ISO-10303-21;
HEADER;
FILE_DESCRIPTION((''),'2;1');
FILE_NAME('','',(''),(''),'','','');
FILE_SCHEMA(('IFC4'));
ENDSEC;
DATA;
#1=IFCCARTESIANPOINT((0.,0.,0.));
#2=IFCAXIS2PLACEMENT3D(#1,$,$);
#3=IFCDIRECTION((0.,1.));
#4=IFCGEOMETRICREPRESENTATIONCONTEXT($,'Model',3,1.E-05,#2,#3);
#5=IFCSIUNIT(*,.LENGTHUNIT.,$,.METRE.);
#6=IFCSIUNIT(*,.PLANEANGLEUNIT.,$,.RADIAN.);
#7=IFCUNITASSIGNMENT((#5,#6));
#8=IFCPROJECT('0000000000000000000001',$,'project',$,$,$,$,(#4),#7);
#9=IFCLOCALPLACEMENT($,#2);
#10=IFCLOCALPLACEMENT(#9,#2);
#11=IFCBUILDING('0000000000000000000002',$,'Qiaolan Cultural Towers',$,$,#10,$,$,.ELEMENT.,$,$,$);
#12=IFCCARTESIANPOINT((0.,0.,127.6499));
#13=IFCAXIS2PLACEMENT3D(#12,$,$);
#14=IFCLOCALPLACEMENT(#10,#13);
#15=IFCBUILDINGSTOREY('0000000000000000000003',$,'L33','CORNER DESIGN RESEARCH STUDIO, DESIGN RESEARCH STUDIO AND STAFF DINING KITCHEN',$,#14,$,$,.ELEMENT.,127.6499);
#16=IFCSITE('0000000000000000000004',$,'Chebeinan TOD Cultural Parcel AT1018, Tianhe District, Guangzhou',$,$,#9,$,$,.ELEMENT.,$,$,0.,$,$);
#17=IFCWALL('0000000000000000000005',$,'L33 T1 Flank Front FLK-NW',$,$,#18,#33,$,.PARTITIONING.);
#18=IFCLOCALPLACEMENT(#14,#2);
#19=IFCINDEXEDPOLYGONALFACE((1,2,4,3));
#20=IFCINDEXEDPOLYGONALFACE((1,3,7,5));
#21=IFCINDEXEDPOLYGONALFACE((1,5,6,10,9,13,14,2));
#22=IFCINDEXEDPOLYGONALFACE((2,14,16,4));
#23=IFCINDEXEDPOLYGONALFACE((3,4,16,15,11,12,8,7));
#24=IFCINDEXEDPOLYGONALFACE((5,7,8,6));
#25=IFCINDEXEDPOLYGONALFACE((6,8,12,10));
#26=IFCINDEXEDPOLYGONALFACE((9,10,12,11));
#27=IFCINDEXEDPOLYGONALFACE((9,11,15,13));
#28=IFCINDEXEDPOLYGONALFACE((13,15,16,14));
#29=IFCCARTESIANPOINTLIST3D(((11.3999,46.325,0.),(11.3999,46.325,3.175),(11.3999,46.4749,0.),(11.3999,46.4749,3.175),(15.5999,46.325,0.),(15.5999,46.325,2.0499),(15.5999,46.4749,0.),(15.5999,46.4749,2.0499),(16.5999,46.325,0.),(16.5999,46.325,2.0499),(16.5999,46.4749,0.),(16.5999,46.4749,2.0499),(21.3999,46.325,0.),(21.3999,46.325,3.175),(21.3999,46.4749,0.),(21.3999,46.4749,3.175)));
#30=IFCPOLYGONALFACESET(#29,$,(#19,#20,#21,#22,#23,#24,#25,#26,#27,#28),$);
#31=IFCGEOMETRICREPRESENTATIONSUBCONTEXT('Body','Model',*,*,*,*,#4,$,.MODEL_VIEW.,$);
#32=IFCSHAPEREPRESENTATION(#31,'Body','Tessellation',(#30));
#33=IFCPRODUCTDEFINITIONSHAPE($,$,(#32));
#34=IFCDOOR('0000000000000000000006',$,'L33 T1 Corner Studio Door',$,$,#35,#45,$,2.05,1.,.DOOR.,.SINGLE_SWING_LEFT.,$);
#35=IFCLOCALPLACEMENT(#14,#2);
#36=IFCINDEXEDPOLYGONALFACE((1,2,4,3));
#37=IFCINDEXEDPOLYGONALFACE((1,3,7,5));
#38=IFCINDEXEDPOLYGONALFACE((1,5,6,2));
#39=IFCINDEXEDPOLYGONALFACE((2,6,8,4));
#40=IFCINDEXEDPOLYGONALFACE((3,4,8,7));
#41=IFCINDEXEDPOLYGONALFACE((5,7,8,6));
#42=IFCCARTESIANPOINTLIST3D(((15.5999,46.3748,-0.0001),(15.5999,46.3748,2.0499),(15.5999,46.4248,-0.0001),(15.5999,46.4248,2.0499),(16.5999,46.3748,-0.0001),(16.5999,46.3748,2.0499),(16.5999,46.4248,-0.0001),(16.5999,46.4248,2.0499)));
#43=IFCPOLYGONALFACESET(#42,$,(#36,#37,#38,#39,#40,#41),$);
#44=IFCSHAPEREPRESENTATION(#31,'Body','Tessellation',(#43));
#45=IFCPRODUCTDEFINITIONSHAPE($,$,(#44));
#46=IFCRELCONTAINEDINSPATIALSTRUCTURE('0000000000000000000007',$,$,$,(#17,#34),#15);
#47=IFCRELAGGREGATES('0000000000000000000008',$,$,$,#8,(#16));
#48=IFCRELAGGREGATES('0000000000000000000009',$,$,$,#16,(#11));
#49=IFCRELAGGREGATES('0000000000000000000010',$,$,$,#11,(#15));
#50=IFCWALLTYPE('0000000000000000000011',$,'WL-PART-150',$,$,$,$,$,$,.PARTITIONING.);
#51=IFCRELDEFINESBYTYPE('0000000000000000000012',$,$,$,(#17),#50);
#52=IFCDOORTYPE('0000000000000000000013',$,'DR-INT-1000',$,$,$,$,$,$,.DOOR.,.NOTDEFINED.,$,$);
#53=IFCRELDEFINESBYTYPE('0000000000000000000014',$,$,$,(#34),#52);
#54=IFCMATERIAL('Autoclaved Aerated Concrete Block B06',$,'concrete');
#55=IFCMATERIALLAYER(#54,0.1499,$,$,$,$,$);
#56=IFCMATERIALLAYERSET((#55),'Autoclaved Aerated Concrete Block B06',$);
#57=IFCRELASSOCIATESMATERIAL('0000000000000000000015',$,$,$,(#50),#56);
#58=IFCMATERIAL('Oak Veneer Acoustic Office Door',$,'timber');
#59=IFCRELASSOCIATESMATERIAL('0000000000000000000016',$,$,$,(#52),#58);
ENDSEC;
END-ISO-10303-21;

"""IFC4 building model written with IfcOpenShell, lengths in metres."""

from ifc_helpers import new_model, si_unit, direction, frame, frame_2d, origin, place, context, subcontext, project, spatial, rectangle, extrude, material, layer, layer_set, type_object, element, fill, save


model = new_model("IFC4")

# Units and contexts
model_context = context("Model", 3, precision=1e-05, world=origin(), true_north=direction((0.0, 1.0)))
body_context = subcontext(model_context, "Body", "Model", "MODEL_VIEW")
ifc_project = project(units=[si_unit("LENGTHUNIT", "METRE"), si_unit("PLANEANGLEUNIT", "RADIAN")], contexts=[model_context])

# Site, building, storey
site_placement = place(None, origin())
site = spatial("IfcSite", under=ifc_project, at=site_placement, Name="Chebeinan TOD Cultural Parcel AT1018, Tianhe District, Guangzhou", CompositionType="ELEMENT", RefElevation=0.0)
building_placement = place(site_placement, origin())
building = spatial("IfcBuilding", under=site, at=building_placement, Name="Qiaolan Cultural Towers", CompositionType="ELEMENT")
storey_placement = place(building_placement, frame((0.0, 0.0, 127.6499)))
storey = spatial("IfcBuildingStorey", under=building, at=storey_placement, Name="L33", Description="CORNER DESIGN RESEARCH STUDIO, DESIGN RESEARCH STUDIO AND STAFF DINING KITCHEN", CompositionType="ELEMENT", Elevation=127.6499)

# Wall, opening, door
ifc_material_1 = material(Name="Autoclaved Aerated Concrete Block B06", Category="concrete")
ifc_layer_1 = layer(ifc_material_1, 0.1499)
ifc_layer_set_1 = layer_set([ifc_layer_1], Name="Autoclaved Aerated Concrete Block B06")
wall_type_1 = type_object("IfcWallType", Name="WL-PART-150", PredefinedType="PARTITIONING", material=ifc_layer_set_1)
wall_1_placement = place(storey_placement, frame((11.3999, 46.3999, 0.0), z_axis=(0.0, 0.0, 1.0), x_axis=(1.0, 0.0, 0.0)))
wall_1 = element("IfcWall", 1, at=wall_1_placement, inside=storey, type_object=wall_type_1, Name="L33 T1 Flank Front FLK-NW", PredefinedType="PARTITIONING", context=body_context, shape_type="SweptSolid", body=[
    extrude(rectangle(XDim=10.0, YDim=0.1499, at=frame_2d((5.0, 0.0))), origin(), (0.0, 0.0, 1.0), 3.175),
])
opening_1_placement = place(wall_1_placement, frame((4.2, 0.0, 0.0)))
opening_1 = element("IfcOpeningElement", 2, at=opening_1_placement, cuts=wall_1, PredefinedType="OPENING", context=body_context, shape_type="SweptSolid", body=[
    extrude(rectangle(XDim=1.0, YDim=2.05, at=frame_2d((0.5, 1.0249))), frame((0.0, 0.085, 0.0), z_axis=(0.0, -1.0, 0.0), x_axis=(1.0, 0.0, 0.0)), (0.0, 0.0, 1.0), 0.1699),
])
ifc_material_2 = material(Name="Oak Veneer Acoustic Office Door", Category="timber")
door_type_1 = type_object("IfcDoorType", Name="DR-INT-1000", OperationType="NOTDEFINED", PredefinedType="DOOR", material=ifc_material_2)
door_1_placement = place(opening_1_placement, origin())
door_1 = element("IfcDoor", 3, at=door_1_placement, inside=storey, type_object=door_type_1, Name="L33 T1 Corner Studio Door", OperationType="SINGLE_SWING_LEFT", OverallHeight=2.05, OverallWidth=1.0, PredefinedType="DOOR", context=body_context, shape_type="SweptSolid", body=[
    extrude(rectangle(XDim=1.0, YDim=2.05, at=frame_2d((0.5, 1.0249))), frame((0.0, 0.0249, 0.0), z_axis=(0.0, -1.0, 0.0), x_axis=(1.0, 0.0, 0.0)), (0.0, 0.0, 1.0), 0.05),
])
fill(opening_1, door_1)

save(model, "model.ifc")
